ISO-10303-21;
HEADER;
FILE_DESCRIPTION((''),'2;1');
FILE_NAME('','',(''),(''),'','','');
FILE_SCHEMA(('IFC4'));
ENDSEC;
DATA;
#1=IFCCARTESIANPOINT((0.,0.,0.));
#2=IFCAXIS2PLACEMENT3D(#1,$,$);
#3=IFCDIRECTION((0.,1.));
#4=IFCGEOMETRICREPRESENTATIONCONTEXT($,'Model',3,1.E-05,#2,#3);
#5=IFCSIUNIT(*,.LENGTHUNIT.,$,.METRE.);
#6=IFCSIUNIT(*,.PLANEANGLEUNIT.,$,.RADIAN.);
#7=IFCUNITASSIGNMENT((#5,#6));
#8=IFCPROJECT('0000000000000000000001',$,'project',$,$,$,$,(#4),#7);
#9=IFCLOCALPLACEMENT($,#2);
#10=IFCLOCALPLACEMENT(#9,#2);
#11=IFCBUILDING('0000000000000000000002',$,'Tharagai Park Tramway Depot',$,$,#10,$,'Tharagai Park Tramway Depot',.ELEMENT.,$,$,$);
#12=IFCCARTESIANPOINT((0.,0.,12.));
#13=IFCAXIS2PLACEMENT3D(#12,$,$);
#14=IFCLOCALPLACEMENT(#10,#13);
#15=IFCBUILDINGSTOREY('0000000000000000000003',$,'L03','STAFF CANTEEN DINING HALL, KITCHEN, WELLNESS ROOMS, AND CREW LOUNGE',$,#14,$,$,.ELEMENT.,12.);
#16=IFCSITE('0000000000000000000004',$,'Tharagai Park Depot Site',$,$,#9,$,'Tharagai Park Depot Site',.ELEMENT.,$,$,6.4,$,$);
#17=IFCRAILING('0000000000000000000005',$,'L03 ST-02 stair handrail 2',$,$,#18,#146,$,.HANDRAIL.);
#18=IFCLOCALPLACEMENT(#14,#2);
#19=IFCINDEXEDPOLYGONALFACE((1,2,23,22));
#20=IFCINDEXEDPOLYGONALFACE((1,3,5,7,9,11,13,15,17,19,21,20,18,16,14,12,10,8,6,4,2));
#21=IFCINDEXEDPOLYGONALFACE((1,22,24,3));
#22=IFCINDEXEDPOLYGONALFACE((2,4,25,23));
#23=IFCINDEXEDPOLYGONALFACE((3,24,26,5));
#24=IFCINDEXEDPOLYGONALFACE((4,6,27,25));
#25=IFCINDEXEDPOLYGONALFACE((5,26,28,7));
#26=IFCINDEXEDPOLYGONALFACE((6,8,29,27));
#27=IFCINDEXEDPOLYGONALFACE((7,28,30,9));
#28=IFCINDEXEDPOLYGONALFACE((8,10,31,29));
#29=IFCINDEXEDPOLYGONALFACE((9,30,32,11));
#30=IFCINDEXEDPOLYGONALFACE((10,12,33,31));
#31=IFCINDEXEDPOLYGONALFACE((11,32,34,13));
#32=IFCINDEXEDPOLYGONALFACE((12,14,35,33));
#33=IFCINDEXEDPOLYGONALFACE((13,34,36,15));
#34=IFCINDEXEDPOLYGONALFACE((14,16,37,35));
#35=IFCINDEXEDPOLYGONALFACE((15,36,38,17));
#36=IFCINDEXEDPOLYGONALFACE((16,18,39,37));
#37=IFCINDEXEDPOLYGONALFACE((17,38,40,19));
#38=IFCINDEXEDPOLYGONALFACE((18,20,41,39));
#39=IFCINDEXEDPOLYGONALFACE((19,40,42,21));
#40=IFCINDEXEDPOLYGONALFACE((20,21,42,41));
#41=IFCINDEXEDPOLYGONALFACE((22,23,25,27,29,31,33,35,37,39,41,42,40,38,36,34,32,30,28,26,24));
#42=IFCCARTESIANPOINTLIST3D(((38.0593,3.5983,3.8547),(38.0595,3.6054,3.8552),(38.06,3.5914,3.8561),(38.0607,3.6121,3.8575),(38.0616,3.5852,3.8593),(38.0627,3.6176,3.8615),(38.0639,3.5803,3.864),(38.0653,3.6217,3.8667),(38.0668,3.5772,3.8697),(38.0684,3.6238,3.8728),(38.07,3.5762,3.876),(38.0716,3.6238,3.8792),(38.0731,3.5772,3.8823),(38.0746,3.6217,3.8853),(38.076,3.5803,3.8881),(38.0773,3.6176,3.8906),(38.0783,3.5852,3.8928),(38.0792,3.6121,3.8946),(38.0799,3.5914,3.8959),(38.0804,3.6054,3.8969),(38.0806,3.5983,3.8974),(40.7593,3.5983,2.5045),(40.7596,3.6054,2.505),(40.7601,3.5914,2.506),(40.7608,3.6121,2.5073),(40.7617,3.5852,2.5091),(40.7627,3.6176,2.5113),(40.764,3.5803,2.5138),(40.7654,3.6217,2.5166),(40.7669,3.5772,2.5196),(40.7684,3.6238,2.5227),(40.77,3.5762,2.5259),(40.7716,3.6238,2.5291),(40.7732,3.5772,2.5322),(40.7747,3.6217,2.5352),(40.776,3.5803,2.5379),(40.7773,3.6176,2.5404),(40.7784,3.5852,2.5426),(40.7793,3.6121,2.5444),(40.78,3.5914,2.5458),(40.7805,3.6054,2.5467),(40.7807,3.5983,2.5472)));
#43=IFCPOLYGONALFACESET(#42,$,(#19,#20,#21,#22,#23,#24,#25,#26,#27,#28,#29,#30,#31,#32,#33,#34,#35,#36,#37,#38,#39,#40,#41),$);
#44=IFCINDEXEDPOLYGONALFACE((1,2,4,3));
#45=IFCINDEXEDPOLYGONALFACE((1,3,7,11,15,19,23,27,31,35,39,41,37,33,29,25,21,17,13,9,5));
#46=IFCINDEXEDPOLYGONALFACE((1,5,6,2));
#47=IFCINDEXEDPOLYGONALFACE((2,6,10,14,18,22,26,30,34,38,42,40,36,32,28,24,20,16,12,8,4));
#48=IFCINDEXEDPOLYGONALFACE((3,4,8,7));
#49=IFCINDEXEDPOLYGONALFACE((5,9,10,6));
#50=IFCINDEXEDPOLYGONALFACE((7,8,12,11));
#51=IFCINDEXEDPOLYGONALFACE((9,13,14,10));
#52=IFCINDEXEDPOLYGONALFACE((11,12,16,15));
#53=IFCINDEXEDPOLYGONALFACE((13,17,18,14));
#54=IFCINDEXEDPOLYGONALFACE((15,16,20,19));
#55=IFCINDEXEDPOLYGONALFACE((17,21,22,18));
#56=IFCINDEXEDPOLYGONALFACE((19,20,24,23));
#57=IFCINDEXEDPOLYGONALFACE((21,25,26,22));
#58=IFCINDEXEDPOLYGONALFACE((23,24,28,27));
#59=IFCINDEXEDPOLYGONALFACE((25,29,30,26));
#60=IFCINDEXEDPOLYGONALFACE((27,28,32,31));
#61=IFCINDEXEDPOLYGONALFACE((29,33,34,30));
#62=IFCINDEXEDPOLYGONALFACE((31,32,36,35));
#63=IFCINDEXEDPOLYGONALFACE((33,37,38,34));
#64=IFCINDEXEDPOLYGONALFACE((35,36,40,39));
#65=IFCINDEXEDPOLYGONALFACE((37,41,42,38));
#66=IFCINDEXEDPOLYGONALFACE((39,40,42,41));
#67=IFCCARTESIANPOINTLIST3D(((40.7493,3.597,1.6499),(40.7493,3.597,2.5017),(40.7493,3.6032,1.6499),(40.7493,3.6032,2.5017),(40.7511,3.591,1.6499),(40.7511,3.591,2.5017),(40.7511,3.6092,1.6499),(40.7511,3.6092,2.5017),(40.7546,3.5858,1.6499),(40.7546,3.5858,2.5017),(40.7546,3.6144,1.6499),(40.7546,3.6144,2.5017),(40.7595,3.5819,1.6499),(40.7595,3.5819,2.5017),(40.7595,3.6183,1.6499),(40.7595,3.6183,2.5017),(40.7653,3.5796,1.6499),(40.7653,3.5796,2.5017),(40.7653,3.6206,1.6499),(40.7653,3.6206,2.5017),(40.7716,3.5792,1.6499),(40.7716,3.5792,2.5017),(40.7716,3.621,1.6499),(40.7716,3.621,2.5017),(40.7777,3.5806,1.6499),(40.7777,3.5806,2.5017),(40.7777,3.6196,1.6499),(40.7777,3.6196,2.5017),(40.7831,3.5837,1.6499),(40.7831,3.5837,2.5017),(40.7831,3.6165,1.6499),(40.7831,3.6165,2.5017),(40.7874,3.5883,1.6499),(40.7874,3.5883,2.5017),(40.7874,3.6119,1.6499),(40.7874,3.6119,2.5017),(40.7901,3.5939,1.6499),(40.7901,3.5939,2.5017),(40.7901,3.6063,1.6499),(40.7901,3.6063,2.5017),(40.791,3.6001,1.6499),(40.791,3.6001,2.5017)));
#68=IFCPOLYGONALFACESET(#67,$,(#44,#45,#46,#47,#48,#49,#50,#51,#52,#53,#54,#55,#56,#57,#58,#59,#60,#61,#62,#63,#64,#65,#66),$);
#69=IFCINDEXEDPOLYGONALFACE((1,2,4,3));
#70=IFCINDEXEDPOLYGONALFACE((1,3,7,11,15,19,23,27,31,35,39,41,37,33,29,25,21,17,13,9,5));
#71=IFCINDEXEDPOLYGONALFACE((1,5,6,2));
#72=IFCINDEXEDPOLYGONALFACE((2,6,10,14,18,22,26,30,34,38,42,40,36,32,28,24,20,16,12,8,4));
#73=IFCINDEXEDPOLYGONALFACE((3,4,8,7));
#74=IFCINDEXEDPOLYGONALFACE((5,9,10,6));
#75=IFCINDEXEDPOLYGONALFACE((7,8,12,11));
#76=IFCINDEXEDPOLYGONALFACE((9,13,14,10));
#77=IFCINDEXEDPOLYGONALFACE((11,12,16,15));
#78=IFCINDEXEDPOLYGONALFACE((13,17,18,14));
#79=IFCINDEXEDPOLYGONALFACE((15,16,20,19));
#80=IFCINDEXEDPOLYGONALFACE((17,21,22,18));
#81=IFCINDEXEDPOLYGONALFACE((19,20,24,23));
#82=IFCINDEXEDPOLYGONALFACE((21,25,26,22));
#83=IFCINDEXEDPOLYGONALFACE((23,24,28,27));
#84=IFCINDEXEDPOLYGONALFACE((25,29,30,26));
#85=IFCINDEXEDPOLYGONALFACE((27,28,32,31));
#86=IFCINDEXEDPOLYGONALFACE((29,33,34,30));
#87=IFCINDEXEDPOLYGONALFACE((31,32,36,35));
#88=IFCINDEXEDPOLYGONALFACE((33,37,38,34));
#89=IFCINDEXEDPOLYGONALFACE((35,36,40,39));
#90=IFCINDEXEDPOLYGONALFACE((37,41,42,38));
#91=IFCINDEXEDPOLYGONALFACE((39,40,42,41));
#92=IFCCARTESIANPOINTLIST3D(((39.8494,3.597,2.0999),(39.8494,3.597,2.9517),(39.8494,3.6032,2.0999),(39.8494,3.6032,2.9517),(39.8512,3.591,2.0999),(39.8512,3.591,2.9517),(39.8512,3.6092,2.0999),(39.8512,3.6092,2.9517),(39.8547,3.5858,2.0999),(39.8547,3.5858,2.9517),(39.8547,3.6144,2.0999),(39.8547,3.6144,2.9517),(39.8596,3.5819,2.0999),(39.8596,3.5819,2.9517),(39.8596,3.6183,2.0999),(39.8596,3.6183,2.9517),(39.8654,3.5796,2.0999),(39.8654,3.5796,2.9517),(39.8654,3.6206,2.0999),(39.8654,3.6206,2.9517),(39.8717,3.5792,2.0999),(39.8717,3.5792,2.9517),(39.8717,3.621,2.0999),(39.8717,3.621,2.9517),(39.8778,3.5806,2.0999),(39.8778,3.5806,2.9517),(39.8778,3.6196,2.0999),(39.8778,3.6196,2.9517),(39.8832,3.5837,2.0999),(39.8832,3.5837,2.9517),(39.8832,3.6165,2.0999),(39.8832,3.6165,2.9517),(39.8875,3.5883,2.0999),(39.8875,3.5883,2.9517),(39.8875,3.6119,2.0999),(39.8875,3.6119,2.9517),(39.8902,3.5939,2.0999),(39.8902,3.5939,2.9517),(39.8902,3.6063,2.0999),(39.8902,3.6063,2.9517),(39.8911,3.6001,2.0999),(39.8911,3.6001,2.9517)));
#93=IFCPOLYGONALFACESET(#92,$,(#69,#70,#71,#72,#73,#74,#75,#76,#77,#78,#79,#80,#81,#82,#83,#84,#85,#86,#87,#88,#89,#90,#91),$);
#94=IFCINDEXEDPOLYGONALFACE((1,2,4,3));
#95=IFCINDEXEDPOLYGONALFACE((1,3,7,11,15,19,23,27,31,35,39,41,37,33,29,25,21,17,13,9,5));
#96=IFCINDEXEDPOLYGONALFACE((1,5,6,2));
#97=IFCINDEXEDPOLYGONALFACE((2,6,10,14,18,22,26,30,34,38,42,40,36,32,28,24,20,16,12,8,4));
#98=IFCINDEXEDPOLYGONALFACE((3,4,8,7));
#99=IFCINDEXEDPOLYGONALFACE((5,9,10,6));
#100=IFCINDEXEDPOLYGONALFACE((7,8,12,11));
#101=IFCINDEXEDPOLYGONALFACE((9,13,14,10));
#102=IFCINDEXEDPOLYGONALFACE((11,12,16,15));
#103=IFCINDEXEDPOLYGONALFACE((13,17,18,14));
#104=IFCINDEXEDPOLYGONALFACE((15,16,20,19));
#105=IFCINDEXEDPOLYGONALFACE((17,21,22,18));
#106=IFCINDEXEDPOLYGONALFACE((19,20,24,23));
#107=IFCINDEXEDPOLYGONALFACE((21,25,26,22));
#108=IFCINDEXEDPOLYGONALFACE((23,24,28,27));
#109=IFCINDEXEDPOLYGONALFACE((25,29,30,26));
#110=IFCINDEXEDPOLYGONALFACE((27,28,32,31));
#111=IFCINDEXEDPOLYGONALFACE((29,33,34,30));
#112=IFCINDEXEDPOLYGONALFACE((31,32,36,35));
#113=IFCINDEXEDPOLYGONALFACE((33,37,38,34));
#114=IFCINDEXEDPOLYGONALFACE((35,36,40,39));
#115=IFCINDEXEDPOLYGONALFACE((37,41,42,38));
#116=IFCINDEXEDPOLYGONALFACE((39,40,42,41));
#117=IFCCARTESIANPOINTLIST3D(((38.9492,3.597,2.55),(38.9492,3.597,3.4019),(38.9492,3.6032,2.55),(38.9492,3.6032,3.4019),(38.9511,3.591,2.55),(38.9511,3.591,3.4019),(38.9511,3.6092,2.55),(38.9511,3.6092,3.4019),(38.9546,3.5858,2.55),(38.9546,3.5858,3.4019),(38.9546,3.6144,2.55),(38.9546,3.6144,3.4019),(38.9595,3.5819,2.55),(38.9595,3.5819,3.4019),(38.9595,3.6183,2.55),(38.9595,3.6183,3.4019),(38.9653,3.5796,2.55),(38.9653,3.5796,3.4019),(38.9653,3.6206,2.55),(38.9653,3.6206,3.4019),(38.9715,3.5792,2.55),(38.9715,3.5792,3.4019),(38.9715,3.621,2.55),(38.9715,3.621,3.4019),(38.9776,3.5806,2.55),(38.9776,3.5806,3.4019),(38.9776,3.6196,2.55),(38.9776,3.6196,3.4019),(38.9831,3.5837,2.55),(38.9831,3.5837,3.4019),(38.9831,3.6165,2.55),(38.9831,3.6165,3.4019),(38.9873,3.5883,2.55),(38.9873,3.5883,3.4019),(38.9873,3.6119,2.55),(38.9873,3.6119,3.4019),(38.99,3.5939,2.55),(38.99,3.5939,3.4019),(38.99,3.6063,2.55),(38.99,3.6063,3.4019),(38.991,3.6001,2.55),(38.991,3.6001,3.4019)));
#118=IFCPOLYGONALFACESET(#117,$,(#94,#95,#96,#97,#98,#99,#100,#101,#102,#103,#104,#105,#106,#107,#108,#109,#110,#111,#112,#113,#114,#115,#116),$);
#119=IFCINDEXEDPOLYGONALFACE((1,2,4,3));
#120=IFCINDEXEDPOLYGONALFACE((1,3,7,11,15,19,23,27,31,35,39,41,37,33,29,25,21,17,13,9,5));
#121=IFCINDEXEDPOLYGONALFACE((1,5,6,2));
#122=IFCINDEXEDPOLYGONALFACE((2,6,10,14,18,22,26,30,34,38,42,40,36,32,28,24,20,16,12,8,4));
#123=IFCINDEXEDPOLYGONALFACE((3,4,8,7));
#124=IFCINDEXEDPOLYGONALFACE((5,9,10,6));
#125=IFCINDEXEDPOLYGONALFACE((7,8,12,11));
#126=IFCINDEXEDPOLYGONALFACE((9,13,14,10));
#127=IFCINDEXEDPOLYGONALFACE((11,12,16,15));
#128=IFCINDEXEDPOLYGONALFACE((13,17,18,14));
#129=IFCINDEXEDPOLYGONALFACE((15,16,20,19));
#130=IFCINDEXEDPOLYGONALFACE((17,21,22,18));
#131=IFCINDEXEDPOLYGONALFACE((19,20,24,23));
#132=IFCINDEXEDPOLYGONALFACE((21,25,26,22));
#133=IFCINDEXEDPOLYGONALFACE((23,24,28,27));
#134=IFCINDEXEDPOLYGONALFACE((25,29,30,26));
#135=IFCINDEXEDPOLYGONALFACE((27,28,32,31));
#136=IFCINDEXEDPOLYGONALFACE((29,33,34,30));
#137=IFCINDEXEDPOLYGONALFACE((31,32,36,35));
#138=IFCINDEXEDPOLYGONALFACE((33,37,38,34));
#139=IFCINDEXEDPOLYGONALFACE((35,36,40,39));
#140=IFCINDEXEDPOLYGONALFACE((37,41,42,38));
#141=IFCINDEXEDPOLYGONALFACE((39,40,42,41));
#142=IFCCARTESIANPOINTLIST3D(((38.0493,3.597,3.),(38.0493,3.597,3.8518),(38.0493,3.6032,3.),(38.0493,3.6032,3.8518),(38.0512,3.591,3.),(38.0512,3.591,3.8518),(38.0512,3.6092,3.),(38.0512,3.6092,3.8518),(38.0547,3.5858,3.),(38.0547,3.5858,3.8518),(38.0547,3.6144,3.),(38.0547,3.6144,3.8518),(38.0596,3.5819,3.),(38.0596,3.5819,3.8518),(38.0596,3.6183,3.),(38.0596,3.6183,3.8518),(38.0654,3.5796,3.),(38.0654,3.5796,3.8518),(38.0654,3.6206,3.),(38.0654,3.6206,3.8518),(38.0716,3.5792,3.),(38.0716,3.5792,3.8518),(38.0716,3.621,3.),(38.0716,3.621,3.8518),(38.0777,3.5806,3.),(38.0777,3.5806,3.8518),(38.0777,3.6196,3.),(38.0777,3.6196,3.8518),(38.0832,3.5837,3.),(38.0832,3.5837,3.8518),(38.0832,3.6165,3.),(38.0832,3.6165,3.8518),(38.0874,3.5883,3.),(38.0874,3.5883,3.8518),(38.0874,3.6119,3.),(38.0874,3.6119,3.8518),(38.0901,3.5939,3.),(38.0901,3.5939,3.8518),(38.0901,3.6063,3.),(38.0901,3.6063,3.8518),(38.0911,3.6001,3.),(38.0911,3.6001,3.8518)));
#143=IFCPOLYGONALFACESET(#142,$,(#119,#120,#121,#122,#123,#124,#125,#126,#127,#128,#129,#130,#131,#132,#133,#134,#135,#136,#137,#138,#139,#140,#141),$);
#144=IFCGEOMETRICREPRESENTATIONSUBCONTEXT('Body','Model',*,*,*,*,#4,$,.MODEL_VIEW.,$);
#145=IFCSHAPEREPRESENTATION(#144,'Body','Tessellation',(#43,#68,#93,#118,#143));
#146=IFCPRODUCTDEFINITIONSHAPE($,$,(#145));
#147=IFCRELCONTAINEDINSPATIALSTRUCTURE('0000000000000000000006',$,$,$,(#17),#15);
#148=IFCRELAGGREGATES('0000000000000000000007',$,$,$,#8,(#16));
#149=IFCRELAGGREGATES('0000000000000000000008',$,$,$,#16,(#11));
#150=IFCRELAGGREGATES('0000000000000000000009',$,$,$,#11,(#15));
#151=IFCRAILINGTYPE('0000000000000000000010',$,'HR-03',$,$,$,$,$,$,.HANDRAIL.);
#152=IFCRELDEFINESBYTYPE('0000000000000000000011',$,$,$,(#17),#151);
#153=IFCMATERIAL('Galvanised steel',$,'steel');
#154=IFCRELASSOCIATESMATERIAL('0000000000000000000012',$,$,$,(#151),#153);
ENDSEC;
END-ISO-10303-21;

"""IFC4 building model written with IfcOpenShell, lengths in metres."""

from ifc_helpers import new_model, si_unit, direction, frame, origin, origin_2d, place, context, subcontext, project, spatial, circle, extrude, material, type_object, element, save


model = new_model("IFC4")

# Units and contexts
model_context = context("Model", 3, precision=1e-05, world=origin(), true_north=direction((0.0, 1.0)))
body_context = subcontext(model_context, "Body", "Model", "MODEL_VIEW")
ifc_project = project(units=[si_unit("LENGTHUNIT", "METRE"), si_unit("PLANEANGLEUNIT", "RADIAN")], contexts=[model_context])

# Site, building, storey
site_placement = place(None, origin())
site = spatial("IfcSite", under=ifc_project, at=site_placement, Name="Tharagai Park Depot Site", LongName="Tharagai Park Depot Site", CompositionType="ELEMENT", RefElevation=6.4)
building_placement = place(site_placement, origin())
building = spatial("IfcBuilding", under=site, at=building_placement, Name="Tharagai Park Tramway Depot", LongName="Tharagai Park Tramway Depot", CompositionType="ELEMENT")
storey_placement = place(building_placement, frame((0.0, 0.0, 12.0)))
storey = spatial("IfcBuildingStorey", under=building, at=storey_placement, Name="L03", Description="STAFF CANTEEN DINING HALL, KITCHEN, WELLNESS ROOMS, AND CREW LOUNGE", CompositionType="ELEMENT", Elevation=12.0)

# Railing
ifc_material_1 = material(Name="Galvanised steel", Category="steel")
railing_type_1 = type_object("IfcRailingType", Name="HR-03", PredefinedType="HANDRAIL", material=ifc_material_1)
railing_1_placement = place(storey_placement, frame((40.77, 3.6001, 1.6499)))
element("IfcRailing", 1, at=railing_1_placement, inside=storey, type_object=railing_type_1, Name="L03 ST-02 stair handrail 2", PredefinedType="HANDRAIL", context=body_context, shape_type="SweptSolid", body=[
    extrude(circle(Radius=0.0239, at=origin_2d()), frame((0.0, 0.0, 0.876), z_axis=(-0.894411, 0.0, 0.447246), x_axis=(0.0, -1.0, 0.0)), (0.0, 0.0, 1.0), 3.0188),
    extrude(circle(Radius=0.021, at=origin_2d()), origin(), (0.0, 0.0, 1.0), 0.8518),
    extrude(circle(Radius=0.021, at=origin_2d()), frame((-0.8999, 0.0, 0.45)), (0.0, 0.0, 1.0), 0.8518),
    extrude(circle(Radius=0.021, at=origin_2d()), frame((-1.8, 0.0, 0.9001)), (0.0, 0.0, 1.0), 0.8518),
    extrude(circle(Radius=0.021, at=origin_2d()), frame((-2.7, 0.0, 1.3501)), (0.0, 0.0, 1.0), 0.8518),
])

save(model, "model.ifc")
